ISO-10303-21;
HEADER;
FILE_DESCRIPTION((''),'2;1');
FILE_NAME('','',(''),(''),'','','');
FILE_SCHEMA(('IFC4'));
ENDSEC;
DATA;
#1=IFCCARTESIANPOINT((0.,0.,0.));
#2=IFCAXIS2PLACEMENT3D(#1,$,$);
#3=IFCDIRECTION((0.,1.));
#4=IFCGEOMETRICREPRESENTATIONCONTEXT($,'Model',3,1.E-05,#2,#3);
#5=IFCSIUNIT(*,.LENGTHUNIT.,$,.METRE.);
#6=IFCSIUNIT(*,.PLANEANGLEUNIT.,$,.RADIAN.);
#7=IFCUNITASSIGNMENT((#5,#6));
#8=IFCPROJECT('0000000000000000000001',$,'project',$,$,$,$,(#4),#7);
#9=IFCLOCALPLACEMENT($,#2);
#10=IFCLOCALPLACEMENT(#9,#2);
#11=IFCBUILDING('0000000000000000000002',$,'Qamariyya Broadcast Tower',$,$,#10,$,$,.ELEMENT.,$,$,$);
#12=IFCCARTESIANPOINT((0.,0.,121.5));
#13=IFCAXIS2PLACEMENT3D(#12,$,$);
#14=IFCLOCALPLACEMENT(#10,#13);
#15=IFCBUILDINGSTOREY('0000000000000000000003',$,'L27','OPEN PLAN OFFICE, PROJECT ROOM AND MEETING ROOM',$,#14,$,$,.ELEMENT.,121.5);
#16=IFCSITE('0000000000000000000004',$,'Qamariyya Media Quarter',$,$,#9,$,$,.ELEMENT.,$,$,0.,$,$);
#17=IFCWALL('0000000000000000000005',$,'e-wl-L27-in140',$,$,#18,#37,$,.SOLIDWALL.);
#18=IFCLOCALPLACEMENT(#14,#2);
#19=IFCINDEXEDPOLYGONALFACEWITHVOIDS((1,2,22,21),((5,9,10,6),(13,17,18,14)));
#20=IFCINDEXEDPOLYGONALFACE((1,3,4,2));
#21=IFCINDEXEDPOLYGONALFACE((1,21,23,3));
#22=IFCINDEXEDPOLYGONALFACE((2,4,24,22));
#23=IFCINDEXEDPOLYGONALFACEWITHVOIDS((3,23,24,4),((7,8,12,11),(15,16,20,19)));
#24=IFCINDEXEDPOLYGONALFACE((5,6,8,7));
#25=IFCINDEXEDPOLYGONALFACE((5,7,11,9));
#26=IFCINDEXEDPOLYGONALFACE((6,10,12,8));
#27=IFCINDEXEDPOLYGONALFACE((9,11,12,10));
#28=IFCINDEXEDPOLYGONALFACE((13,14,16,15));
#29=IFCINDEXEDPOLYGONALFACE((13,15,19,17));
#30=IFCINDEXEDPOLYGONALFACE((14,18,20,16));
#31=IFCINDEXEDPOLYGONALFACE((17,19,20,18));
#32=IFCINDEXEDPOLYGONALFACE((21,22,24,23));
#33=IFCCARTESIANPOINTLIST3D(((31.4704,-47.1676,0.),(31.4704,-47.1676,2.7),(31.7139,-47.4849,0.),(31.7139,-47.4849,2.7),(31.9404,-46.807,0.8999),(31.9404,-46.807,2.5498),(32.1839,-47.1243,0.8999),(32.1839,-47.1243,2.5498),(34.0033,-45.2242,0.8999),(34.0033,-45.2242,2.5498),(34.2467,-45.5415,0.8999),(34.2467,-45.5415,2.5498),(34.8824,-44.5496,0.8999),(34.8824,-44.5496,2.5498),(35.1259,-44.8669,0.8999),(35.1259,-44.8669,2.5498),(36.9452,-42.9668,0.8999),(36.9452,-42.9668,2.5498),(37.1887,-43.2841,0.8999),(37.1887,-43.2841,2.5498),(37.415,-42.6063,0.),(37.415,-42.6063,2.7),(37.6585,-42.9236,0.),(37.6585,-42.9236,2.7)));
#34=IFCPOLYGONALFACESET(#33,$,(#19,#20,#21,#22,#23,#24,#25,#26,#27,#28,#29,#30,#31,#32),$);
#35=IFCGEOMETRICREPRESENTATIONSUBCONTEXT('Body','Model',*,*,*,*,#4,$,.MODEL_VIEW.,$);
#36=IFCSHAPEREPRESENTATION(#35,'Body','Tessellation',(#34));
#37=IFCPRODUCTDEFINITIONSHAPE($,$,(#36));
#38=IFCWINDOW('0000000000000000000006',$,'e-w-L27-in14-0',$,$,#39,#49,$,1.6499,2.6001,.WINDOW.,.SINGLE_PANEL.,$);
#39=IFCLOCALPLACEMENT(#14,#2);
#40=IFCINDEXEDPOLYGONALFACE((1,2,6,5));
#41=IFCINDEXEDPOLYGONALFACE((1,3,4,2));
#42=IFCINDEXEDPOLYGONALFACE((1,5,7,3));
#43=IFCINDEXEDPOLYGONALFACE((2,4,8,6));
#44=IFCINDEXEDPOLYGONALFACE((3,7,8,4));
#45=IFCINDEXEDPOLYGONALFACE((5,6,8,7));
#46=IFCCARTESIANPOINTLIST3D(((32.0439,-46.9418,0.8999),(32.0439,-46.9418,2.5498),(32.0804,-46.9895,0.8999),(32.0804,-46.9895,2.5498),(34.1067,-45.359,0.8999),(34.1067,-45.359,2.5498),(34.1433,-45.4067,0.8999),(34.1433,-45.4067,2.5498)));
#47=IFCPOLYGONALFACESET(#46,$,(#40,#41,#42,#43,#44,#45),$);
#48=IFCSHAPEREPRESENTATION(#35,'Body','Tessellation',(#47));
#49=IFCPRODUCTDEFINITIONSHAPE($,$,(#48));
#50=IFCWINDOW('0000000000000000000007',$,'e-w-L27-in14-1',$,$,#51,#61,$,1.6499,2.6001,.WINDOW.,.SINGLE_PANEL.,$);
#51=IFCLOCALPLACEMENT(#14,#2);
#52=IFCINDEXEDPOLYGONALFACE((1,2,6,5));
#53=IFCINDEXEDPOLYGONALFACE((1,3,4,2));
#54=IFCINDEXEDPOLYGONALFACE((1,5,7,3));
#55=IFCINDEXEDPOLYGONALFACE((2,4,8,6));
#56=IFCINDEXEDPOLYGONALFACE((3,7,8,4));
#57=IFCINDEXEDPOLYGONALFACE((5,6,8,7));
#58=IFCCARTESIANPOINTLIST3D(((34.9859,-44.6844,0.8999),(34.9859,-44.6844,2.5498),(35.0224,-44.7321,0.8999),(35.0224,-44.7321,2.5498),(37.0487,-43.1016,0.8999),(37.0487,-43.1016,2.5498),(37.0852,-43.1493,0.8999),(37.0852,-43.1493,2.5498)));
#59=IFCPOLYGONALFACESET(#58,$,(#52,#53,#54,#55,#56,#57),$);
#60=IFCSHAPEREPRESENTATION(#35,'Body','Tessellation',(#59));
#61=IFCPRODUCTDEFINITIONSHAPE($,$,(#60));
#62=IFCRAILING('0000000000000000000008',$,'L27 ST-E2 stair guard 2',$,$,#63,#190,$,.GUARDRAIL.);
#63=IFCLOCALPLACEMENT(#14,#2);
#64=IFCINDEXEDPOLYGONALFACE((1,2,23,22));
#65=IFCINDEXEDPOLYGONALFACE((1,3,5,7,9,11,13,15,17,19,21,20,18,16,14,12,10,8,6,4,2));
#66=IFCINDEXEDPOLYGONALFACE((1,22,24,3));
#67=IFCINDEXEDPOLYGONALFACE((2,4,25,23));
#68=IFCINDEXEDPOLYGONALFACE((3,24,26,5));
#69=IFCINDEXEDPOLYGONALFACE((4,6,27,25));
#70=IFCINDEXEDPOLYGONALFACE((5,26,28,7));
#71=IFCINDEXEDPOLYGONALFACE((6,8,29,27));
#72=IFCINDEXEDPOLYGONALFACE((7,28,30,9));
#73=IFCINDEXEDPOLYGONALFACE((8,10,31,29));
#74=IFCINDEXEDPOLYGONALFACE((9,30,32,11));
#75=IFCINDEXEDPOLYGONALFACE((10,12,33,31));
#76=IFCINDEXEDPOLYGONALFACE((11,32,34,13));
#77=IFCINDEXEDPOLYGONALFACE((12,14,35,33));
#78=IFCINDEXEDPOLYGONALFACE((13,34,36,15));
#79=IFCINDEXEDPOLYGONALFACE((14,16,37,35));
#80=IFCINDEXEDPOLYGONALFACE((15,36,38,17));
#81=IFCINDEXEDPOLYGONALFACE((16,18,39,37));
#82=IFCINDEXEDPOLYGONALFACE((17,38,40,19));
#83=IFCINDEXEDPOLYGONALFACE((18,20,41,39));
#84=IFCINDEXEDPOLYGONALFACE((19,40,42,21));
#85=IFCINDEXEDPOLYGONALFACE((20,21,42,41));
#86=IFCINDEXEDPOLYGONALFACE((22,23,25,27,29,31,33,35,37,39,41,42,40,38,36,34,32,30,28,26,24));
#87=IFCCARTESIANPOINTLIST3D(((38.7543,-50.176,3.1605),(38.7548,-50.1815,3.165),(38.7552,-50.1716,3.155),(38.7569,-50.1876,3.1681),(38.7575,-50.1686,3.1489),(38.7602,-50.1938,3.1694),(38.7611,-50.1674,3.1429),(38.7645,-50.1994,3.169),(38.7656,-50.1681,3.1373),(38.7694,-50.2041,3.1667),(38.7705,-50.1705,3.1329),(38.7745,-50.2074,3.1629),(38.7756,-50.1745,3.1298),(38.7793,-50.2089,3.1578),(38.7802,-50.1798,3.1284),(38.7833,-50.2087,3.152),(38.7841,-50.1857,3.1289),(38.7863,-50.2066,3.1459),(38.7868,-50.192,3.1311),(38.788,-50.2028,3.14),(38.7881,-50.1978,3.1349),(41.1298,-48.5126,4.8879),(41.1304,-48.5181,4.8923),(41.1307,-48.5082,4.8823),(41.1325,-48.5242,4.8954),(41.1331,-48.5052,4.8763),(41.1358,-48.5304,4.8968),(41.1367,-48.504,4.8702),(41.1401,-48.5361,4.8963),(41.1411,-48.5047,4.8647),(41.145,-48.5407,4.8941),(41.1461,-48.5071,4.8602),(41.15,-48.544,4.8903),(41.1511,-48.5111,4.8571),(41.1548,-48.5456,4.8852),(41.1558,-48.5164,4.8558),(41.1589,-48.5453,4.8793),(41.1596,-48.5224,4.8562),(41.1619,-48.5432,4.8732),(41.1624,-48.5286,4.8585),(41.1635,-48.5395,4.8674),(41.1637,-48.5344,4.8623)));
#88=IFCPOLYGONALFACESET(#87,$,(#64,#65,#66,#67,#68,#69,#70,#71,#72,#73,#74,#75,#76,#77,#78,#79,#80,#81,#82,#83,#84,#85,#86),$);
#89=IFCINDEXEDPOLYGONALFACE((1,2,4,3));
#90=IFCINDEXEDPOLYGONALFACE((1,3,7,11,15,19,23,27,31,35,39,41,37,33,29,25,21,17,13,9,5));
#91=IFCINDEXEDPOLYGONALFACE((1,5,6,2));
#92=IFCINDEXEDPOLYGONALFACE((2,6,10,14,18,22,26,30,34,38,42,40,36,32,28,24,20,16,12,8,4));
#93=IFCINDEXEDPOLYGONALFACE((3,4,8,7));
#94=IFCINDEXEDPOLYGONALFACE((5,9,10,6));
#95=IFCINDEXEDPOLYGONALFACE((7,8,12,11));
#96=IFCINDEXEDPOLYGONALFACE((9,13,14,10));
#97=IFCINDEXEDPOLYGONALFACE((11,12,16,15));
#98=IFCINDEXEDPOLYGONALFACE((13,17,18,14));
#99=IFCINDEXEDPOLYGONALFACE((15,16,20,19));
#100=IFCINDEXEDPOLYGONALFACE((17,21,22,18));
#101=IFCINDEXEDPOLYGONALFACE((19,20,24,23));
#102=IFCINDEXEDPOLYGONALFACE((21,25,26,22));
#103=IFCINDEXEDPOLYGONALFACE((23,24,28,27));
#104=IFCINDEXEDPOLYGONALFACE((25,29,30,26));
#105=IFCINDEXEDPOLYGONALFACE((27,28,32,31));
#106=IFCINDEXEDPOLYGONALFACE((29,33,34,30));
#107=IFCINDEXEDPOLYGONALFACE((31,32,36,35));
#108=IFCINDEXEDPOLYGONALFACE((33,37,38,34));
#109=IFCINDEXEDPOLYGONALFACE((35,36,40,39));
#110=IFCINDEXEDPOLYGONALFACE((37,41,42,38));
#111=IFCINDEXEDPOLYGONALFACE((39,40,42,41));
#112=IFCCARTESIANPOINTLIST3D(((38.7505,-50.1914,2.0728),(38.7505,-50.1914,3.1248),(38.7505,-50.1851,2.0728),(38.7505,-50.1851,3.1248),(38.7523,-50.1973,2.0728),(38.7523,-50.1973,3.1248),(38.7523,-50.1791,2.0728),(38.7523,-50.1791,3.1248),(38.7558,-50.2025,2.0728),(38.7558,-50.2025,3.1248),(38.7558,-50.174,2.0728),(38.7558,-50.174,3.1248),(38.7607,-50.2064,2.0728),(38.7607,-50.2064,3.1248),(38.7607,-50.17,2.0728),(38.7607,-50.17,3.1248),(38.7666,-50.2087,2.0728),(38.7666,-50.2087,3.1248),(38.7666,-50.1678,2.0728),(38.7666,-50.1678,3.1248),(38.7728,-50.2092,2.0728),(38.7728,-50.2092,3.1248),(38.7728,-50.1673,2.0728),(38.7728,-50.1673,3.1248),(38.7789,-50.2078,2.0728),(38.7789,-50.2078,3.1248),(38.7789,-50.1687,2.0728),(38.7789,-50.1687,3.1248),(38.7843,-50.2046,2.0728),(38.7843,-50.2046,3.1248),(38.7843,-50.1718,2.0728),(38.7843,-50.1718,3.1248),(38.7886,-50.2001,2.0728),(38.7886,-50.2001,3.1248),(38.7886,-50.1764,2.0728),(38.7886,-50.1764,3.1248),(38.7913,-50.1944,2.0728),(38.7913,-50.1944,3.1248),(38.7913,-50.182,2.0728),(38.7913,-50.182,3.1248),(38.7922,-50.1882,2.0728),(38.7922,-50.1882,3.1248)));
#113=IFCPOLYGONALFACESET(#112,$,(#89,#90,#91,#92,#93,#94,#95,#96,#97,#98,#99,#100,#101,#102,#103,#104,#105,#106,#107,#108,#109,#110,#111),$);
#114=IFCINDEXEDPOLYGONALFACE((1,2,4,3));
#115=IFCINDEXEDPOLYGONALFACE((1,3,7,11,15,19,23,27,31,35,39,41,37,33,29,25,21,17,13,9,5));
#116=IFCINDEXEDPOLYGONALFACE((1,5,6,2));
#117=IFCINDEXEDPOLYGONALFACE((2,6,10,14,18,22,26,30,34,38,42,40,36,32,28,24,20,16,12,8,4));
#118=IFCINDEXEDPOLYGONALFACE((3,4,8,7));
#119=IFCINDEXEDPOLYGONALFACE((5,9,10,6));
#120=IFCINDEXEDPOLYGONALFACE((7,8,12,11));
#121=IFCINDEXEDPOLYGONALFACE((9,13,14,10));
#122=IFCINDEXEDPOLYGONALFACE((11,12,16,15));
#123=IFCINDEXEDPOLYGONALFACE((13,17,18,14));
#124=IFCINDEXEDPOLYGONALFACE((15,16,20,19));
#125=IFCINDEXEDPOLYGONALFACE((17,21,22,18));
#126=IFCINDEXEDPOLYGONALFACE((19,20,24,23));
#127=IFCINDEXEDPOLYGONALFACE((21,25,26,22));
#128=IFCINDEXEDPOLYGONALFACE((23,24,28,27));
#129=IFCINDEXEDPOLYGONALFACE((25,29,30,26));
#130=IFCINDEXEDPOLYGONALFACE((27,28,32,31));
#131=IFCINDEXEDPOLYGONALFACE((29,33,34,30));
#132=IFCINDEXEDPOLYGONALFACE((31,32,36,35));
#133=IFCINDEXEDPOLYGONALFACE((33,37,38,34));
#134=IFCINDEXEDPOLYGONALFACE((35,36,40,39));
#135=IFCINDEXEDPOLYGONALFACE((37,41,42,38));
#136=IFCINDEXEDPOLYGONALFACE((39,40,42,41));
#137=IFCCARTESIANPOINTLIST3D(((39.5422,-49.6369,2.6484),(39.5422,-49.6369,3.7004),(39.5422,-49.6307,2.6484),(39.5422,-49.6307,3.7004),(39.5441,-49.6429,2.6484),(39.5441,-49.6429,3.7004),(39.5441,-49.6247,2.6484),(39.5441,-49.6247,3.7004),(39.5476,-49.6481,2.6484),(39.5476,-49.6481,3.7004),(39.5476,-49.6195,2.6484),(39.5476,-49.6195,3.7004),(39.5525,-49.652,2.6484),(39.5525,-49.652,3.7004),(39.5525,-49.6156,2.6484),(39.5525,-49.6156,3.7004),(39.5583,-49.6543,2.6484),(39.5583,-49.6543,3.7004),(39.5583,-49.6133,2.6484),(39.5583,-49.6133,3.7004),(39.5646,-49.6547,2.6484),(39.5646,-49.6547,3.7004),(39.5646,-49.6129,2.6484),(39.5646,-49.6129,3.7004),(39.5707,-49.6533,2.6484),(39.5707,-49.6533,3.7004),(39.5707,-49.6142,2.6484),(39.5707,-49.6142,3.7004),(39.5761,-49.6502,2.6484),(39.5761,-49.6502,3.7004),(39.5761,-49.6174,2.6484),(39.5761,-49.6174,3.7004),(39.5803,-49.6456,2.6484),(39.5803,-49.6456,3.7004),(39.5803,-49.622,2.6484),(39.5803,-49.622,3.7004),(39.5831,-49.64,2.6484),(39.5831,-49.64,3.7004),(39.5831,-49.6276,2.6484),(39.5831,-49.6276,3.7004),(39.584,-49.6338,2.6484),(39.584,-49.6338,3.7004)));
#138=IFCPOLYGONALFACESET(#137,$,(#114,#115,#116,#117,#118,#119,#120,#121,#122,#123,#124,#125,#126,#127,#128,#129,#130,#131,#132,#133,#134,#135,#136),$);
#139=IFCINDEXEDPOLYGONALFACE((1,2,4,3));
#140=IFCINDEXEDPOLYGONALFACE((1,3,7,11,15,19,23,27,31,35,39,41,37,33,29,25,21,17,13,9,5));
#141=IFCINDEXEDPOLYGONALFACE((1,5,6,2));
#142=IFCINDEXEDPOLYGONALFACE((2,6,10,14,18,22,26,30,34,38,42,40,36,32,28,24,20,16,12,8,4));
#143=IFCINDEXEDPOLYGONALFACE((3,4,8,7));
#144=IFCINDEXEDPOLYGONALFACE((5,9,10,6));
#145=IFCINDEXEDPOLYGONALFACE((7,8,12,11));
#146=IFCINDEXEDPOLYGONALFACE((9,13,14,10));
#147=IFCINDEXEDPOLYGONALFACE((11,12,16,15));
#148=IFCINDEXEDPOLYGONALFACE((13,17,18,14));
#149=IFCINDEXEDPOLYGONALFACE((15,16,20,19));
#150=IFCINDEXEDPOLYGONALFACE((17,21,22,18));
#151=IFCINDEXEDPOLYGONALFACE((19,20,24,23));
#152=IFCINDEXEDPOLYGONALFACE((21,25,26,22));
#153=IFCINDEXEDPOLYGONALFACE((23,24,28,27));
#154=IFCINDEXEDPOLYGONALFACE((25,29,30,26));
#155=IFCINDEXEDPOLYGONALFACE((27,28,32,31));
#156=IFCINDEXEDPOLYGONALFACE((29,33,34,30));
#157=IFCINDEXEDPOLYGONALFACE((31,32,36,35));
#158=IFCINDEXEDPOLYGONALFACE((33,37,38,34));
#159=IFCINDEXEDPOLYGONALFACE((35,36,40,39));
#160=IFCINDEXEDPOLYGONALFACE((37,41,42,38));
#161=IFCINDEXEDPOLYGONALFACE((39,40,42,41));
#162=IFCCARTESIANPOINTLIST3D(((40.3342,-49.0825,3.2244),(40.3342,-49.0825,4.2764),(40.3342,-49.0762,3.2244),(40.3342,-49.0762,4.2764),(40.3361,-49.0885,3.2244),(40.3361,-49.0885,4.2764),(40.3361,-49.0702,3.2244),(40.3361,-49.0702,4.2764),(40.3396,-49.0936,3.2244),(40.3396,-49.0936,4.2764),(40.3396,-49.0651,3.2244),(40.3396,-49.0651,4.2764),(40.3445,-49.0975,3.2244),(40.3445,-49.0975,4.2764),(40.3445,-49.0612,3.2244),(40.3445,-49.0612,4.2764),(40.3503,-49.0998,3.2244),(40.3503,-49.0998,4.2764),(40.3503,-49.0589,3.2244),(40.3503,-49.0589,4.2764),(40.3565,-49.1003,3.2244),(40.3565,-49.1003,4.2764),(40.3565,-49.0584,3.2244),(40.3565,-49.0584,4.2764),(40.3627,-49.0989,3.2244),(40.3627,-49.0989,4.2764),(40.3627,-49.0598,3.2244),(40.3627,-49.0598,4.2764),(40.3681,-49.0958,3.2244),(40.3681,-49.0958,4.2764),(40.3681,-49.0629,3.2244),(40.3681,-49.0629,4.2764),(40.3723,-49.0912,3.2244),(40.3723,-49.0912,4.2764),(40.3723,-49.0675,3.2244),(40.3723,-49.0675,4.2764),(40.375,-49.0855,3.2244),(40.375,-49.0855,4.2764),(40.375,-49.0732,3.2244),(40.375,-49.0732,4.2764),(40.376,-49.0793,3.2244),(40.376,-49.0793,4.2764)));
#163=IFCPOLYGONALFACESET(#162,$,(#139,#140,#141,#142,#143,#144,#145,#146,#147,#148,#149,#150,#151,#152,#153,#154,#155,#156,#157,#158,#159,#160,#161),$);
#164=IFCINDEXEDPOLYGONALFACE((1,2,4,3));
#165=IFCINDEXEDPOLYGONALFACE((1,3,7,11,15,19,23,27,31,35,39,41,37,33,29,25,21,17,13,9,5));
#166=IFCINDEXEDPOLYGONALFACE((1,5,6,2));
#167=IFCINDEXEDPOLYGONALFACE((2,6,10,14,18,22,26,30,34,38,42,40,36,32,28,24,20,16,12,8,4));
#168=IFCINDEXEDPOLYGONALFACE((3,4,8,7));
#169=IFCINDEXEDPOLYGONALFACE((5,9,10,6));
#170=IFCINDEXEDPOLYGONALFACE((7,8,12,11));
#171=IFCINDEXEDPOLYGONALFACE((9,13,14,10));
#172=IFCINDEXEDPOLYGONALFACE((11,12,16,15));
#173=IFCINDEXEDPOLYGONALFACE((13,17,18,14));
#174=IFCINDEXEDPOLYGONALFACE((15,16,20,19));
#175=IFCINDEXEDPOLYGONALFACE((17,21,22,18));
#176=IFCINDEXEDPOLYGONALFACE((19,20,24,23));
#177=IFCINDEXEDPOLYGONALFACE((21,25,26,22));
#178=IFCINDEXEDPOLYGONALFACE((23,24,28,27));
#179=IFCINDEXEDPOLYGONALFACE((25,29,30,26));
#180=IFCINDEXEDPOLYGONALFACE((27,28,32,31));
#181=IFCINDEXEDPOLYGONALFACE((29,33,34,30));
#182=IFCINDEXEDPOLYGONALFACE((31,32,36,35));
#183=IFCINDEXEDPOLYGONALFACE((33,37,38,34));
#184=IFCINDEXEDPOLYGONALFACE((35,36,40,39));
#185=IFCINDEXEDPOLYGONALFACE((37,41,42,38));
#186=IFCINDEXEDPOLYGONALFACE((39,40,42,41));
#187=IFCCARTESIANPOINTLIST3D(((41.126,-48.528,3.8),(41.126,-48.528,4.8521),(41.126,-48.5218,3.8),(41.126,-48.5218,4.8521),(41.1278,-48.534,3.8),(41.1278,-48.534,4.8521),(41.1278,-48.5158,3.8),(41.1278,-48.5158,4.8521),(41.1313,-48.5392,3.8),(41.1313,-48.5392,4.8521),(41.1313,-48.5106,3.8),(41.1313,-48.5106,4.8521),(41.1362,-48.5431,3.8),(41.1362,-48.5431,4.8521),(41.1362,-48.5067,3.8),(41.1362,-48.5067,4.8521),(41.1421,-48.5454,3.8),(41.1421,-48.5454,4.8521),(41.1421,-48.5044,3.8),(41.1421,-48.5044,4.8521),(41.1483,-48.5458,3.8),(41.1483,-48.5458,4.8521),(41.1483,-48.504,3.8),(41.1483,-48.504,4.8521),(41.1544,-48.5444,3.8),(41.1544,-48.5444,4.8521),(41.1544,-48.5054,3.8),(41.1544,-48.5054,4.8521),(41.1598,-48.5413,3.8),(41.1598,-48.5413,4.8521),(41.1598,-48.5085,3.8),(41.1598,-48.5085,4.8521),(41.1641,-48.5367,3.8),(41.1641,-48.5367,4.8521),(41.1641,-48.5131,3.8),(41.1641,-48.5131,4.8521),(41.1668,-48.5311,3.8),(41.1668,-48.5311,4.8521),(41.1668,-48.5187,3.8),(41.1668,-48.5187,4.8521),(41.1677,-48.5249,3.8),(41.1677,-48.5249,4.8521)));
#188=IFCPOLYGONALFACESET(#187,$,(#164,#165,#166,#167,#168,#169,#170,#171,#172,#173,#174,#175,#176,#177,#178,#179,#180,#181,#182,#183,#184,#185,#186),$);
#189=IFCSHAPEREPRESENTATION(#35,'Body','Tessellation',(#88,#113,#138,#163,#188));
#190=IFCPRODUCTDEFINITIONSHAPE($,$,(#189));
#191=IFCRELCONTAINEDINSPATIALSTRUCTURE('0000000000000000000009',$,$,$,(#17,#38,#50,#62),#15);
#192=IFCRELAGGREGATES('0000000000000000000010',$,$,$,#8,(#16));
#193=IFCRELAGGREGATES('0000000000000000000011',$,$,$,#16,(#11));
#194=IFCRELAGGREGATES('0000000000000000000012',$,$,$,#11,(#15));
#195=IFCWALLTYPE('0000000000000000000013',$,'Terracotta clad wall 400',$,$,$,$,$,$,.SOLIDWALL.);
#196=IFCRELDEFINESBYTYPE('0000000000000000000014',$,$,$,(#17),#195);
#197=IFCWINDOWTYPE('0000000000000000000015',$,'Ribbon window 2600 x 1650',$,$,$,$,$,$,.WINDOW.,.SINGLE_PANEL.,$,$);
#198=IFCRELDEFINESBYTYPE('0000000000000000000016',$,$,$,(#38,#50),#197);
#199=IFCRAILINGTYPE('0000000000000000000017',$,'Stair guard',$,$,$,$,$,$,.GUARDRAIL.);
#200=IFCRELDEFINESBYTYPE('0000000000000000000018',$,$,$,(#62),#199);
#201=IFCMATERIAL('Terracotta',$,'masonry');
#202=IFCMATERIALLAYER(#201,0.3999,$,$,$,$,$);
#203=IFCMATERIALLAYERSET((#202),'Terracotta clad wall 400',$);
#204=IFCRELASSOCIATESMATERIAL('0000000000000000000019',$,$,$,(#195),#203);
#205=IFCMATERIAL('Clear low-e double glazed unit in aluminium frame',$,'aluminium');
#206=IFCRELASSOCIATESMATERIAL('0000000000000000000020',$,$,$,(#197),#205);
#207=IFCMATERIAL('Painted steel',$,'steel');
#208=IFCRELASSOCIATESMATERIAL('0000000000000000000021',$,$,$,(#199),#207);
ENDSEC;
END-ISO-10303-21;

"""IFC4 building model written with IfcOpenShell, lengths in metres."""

from ifc_helpers import new_model, si_unit, direction, frame, frame_2d, origin, origin_2d, place, context, subcontext, project, spatial, rectangle, circle, extrude, material, layer, layer_set, type_object, element, fill, save


model = new_model("IFC4")

# Units and contexts
model_context = context("Model", 3, precision=1e-05, world=origin(), true_north=direction((0.0, 1.0)))
body_context = subcontext(model_context, "Body", "Model", "MODEL_VIEW")
ifc_project = project(units=[si_unit("LENGTHUNIT", "METRE"), si_unit("PLANEANGLEUNIT", "RADIAN")], contexts=[model_context])

# Site, building, storey
site_placement = place(None, origin())
site = spatial("IfcSite", under=ifc_project, at=site_placement, Name="Qamariyya Media Quarter", CompositionType="ELEMENT", RefElevation=0.0)
building_placement = place(site_placement, origin())
building = spatial("IfcBuilding", under=site, at=building_placement, Name="Qamariyya Broadcast Tower", CompositionType="ELEMENT")
storey_placement = place(building_placement, frame((0.0, 0.0, 121.5)))
storey = spatial("IfcBuildingStorey", under=building, at=storey_placement, Name="L27", Description="OPEN PLAN OFFICE, PROJECT ROOM AND MEETING ROOM", CompositionType="ELEMENT", Elevation=121.5)

# Wall, openings, windows
ifc_material_1 = material(Name="Terracotta", Category="masonry")
ifc_layer_1 = layer(ifc_material_1, 0.3999)
ifc_layer_set_1 = layer_set([ifc_layer_1], Name="Terracotta clad wall 400")
wall_type_1 = type_object("IfcWallType", Name="Terracotta clad wall 400", PredefinedType="SOLIDWALL", material=ifc_layer_set_1)
ifc_material_2 = material(Name="Clear low-e double glazed unit in aluminium frame", Category="aluminium")
window_type = type_object("IfcWindowType", Name="Ribbon window 2600 x 1650", PartitioningType="SINGLE_PANEL", PredefinedType="WINDOW", material=ifc_material_2)
wall_1_placement = place(storey_placement, frame((37.5369, -42.7649, 0.0), z_axis=(0.0, 0.0, 1.0), x_axis=(-0.793363, -0.608748, 0.0)))
wall_1 = element("IfcWall", 1, at=wall_1_placement, inside=storey, type_object=wall_type_1, Name="e-wl-L27-in140", PredefinedType="SOLIDWALL", context=body_context, shape_type="SweptSolid", body=[
    extrude(rectangle(XDim=7.4929, YDim=0.3999, at=frame_2d((3.7466, 0.0))), origin(), (0.0, 0.0, 1.0), 2.7),
])
opening_1_placement = place(wall_1_placement, frame((4.3005, 0.0, 0.8999)))
opening_1 = element("IfcOpeningElement", 2, at=opening_1_placement, cuts=wall_1, PredefinedType="OPENING", context=body_context, shape_type="SweptSolid", body=[
    extrude(rectangle(XDim=2.6001, YDim=1.6499, at=frame_2d((1.3, 0.825))), frame((0.0, 0.21, 0.0), z_axis=(0.0, -1.0, 0.0), x_axis=(1.0, 0.0, 0.0)), (0.0, 0.0, 1.0), 0.4199),
])
opening_2_placement = place(wall_1_placement, frame((0.5923, 0.0, 0.8999)))
opening_2 = element("IfcOpeningElement", 3, at=opening_2_placement, cuts=wall_1, PredefinedType="OPENING", context=body_context, shape_type="SweptSolid", body=[
    extrude(rectangle(XDim=2.6001, YDim=1.6499, at=frame_2d((1.3, 0.825))), frame((0.0, 0.21, 0.0), z_axis=(0.0, -1.0, 0.0), x_axis=(1.0, 0.0, 0.0)), (0.0, 0.0, 1.0), 0.4199),
])
window_1_placement = place(opening_1_placement, origin())
window_1 = element("IfcWindow", 4, at=window_1_placement, inside=storey, type_object=window_type, Name="e-w-L27-in14-0", OverallHeight=1.6499, OverallWidth=2.6001, PartitioningType="SINGLE_PANEL", PredefinedType="WINDOW", context=body_context, shape_type="SweptSolid", body=[
    extrude(rectangle(XDim=2.6001, YDim=1.6499, at=frame_2d((1.3, 0.825))), frame((0.0, 0.03, 0.0), z_axis=(0.0, -1.0, 0.0), x_axis=(1.0, 0.0, 0.0)), (0.0, 0.0, 1.0), 0.0601),
])
fill(opening_1, window_1)
window_2_placement = place(opening_2_placement, origin())
window_2 = element("IfcWindow", 5, at=window_2_placement, inside=storey, type_object=window_type, Name="e-w-L27-in14-1", OverallHeight=1.6499, OverallWidth=2.6001, PartitioningType="SINGLE_PANEL", PredefinedType="WINDOW", context=body_context, shape_type="SweptSolid", body=[
    extrude(rectangle(XDim=2.6001, YDim=1.6499, at=frame_2d((1.3, 0.825))), frame((0.0, 0.03, 0.0), z_axis=(0.0, -1.0, 0.0), x_axis=(1.0, 0.0, 0.0)), (0.0, 0.0, 1.0), 0.0601),
])
fill(opening_2, window_2)

# Railing
ifc_material_3 = material(Name="Painted steel", Category="steel")
railing_type_1 = type_object("IfcRailingType", Name="Stair guard", PredefinedType="GUARDRAIL", material=ifc_material_3)
railing_1_placement = place(storey_placement, frame((38.7712, -50.1882, 2.0728)))
element("IfcRailing", 6, at=railing_1_placement, inside=storey, type_object=railing_type_1, Name="L27 ST-E2 stair guard 2", PredefinedType="GUARDRAIL", context=body_context, shape_type="SweptSolid", body=[
    extrude(circle(Radius=0.0239, at=origin_2d()), frame((0.0, 0.0, 1.0762), z_axis=(0.70377, 0.492784, 0.511734), x_axis=(-0.573575, 0.819153, 0.0)), (0.0, 0.0, 1.0), 3.3755),
    extrude(circle(Radius=0.021, at=origin_2d()), origin(), (0.0, 0.0, 1.0), 1.052),
    extrude(circle(Radius=0.021, at=origin_2d()), frame((0.7917, 0.5544, 0.5757)), (0.0, 0.0, 1.0), 1.052),
    extrude(circle(Radius=0.021, at=origin_2d()), frame((1.5837, 1.1089, 1.1516)), (0.0, 0.0, 1.0), 1.052),
    extrude(circle(Radius=0.021, at=origin_2d()), frame((2.3755, 1.6633, 1.7273)), (0.0, 0.0, 1.0), 1.052),
])

save(model, "model.ifc")
